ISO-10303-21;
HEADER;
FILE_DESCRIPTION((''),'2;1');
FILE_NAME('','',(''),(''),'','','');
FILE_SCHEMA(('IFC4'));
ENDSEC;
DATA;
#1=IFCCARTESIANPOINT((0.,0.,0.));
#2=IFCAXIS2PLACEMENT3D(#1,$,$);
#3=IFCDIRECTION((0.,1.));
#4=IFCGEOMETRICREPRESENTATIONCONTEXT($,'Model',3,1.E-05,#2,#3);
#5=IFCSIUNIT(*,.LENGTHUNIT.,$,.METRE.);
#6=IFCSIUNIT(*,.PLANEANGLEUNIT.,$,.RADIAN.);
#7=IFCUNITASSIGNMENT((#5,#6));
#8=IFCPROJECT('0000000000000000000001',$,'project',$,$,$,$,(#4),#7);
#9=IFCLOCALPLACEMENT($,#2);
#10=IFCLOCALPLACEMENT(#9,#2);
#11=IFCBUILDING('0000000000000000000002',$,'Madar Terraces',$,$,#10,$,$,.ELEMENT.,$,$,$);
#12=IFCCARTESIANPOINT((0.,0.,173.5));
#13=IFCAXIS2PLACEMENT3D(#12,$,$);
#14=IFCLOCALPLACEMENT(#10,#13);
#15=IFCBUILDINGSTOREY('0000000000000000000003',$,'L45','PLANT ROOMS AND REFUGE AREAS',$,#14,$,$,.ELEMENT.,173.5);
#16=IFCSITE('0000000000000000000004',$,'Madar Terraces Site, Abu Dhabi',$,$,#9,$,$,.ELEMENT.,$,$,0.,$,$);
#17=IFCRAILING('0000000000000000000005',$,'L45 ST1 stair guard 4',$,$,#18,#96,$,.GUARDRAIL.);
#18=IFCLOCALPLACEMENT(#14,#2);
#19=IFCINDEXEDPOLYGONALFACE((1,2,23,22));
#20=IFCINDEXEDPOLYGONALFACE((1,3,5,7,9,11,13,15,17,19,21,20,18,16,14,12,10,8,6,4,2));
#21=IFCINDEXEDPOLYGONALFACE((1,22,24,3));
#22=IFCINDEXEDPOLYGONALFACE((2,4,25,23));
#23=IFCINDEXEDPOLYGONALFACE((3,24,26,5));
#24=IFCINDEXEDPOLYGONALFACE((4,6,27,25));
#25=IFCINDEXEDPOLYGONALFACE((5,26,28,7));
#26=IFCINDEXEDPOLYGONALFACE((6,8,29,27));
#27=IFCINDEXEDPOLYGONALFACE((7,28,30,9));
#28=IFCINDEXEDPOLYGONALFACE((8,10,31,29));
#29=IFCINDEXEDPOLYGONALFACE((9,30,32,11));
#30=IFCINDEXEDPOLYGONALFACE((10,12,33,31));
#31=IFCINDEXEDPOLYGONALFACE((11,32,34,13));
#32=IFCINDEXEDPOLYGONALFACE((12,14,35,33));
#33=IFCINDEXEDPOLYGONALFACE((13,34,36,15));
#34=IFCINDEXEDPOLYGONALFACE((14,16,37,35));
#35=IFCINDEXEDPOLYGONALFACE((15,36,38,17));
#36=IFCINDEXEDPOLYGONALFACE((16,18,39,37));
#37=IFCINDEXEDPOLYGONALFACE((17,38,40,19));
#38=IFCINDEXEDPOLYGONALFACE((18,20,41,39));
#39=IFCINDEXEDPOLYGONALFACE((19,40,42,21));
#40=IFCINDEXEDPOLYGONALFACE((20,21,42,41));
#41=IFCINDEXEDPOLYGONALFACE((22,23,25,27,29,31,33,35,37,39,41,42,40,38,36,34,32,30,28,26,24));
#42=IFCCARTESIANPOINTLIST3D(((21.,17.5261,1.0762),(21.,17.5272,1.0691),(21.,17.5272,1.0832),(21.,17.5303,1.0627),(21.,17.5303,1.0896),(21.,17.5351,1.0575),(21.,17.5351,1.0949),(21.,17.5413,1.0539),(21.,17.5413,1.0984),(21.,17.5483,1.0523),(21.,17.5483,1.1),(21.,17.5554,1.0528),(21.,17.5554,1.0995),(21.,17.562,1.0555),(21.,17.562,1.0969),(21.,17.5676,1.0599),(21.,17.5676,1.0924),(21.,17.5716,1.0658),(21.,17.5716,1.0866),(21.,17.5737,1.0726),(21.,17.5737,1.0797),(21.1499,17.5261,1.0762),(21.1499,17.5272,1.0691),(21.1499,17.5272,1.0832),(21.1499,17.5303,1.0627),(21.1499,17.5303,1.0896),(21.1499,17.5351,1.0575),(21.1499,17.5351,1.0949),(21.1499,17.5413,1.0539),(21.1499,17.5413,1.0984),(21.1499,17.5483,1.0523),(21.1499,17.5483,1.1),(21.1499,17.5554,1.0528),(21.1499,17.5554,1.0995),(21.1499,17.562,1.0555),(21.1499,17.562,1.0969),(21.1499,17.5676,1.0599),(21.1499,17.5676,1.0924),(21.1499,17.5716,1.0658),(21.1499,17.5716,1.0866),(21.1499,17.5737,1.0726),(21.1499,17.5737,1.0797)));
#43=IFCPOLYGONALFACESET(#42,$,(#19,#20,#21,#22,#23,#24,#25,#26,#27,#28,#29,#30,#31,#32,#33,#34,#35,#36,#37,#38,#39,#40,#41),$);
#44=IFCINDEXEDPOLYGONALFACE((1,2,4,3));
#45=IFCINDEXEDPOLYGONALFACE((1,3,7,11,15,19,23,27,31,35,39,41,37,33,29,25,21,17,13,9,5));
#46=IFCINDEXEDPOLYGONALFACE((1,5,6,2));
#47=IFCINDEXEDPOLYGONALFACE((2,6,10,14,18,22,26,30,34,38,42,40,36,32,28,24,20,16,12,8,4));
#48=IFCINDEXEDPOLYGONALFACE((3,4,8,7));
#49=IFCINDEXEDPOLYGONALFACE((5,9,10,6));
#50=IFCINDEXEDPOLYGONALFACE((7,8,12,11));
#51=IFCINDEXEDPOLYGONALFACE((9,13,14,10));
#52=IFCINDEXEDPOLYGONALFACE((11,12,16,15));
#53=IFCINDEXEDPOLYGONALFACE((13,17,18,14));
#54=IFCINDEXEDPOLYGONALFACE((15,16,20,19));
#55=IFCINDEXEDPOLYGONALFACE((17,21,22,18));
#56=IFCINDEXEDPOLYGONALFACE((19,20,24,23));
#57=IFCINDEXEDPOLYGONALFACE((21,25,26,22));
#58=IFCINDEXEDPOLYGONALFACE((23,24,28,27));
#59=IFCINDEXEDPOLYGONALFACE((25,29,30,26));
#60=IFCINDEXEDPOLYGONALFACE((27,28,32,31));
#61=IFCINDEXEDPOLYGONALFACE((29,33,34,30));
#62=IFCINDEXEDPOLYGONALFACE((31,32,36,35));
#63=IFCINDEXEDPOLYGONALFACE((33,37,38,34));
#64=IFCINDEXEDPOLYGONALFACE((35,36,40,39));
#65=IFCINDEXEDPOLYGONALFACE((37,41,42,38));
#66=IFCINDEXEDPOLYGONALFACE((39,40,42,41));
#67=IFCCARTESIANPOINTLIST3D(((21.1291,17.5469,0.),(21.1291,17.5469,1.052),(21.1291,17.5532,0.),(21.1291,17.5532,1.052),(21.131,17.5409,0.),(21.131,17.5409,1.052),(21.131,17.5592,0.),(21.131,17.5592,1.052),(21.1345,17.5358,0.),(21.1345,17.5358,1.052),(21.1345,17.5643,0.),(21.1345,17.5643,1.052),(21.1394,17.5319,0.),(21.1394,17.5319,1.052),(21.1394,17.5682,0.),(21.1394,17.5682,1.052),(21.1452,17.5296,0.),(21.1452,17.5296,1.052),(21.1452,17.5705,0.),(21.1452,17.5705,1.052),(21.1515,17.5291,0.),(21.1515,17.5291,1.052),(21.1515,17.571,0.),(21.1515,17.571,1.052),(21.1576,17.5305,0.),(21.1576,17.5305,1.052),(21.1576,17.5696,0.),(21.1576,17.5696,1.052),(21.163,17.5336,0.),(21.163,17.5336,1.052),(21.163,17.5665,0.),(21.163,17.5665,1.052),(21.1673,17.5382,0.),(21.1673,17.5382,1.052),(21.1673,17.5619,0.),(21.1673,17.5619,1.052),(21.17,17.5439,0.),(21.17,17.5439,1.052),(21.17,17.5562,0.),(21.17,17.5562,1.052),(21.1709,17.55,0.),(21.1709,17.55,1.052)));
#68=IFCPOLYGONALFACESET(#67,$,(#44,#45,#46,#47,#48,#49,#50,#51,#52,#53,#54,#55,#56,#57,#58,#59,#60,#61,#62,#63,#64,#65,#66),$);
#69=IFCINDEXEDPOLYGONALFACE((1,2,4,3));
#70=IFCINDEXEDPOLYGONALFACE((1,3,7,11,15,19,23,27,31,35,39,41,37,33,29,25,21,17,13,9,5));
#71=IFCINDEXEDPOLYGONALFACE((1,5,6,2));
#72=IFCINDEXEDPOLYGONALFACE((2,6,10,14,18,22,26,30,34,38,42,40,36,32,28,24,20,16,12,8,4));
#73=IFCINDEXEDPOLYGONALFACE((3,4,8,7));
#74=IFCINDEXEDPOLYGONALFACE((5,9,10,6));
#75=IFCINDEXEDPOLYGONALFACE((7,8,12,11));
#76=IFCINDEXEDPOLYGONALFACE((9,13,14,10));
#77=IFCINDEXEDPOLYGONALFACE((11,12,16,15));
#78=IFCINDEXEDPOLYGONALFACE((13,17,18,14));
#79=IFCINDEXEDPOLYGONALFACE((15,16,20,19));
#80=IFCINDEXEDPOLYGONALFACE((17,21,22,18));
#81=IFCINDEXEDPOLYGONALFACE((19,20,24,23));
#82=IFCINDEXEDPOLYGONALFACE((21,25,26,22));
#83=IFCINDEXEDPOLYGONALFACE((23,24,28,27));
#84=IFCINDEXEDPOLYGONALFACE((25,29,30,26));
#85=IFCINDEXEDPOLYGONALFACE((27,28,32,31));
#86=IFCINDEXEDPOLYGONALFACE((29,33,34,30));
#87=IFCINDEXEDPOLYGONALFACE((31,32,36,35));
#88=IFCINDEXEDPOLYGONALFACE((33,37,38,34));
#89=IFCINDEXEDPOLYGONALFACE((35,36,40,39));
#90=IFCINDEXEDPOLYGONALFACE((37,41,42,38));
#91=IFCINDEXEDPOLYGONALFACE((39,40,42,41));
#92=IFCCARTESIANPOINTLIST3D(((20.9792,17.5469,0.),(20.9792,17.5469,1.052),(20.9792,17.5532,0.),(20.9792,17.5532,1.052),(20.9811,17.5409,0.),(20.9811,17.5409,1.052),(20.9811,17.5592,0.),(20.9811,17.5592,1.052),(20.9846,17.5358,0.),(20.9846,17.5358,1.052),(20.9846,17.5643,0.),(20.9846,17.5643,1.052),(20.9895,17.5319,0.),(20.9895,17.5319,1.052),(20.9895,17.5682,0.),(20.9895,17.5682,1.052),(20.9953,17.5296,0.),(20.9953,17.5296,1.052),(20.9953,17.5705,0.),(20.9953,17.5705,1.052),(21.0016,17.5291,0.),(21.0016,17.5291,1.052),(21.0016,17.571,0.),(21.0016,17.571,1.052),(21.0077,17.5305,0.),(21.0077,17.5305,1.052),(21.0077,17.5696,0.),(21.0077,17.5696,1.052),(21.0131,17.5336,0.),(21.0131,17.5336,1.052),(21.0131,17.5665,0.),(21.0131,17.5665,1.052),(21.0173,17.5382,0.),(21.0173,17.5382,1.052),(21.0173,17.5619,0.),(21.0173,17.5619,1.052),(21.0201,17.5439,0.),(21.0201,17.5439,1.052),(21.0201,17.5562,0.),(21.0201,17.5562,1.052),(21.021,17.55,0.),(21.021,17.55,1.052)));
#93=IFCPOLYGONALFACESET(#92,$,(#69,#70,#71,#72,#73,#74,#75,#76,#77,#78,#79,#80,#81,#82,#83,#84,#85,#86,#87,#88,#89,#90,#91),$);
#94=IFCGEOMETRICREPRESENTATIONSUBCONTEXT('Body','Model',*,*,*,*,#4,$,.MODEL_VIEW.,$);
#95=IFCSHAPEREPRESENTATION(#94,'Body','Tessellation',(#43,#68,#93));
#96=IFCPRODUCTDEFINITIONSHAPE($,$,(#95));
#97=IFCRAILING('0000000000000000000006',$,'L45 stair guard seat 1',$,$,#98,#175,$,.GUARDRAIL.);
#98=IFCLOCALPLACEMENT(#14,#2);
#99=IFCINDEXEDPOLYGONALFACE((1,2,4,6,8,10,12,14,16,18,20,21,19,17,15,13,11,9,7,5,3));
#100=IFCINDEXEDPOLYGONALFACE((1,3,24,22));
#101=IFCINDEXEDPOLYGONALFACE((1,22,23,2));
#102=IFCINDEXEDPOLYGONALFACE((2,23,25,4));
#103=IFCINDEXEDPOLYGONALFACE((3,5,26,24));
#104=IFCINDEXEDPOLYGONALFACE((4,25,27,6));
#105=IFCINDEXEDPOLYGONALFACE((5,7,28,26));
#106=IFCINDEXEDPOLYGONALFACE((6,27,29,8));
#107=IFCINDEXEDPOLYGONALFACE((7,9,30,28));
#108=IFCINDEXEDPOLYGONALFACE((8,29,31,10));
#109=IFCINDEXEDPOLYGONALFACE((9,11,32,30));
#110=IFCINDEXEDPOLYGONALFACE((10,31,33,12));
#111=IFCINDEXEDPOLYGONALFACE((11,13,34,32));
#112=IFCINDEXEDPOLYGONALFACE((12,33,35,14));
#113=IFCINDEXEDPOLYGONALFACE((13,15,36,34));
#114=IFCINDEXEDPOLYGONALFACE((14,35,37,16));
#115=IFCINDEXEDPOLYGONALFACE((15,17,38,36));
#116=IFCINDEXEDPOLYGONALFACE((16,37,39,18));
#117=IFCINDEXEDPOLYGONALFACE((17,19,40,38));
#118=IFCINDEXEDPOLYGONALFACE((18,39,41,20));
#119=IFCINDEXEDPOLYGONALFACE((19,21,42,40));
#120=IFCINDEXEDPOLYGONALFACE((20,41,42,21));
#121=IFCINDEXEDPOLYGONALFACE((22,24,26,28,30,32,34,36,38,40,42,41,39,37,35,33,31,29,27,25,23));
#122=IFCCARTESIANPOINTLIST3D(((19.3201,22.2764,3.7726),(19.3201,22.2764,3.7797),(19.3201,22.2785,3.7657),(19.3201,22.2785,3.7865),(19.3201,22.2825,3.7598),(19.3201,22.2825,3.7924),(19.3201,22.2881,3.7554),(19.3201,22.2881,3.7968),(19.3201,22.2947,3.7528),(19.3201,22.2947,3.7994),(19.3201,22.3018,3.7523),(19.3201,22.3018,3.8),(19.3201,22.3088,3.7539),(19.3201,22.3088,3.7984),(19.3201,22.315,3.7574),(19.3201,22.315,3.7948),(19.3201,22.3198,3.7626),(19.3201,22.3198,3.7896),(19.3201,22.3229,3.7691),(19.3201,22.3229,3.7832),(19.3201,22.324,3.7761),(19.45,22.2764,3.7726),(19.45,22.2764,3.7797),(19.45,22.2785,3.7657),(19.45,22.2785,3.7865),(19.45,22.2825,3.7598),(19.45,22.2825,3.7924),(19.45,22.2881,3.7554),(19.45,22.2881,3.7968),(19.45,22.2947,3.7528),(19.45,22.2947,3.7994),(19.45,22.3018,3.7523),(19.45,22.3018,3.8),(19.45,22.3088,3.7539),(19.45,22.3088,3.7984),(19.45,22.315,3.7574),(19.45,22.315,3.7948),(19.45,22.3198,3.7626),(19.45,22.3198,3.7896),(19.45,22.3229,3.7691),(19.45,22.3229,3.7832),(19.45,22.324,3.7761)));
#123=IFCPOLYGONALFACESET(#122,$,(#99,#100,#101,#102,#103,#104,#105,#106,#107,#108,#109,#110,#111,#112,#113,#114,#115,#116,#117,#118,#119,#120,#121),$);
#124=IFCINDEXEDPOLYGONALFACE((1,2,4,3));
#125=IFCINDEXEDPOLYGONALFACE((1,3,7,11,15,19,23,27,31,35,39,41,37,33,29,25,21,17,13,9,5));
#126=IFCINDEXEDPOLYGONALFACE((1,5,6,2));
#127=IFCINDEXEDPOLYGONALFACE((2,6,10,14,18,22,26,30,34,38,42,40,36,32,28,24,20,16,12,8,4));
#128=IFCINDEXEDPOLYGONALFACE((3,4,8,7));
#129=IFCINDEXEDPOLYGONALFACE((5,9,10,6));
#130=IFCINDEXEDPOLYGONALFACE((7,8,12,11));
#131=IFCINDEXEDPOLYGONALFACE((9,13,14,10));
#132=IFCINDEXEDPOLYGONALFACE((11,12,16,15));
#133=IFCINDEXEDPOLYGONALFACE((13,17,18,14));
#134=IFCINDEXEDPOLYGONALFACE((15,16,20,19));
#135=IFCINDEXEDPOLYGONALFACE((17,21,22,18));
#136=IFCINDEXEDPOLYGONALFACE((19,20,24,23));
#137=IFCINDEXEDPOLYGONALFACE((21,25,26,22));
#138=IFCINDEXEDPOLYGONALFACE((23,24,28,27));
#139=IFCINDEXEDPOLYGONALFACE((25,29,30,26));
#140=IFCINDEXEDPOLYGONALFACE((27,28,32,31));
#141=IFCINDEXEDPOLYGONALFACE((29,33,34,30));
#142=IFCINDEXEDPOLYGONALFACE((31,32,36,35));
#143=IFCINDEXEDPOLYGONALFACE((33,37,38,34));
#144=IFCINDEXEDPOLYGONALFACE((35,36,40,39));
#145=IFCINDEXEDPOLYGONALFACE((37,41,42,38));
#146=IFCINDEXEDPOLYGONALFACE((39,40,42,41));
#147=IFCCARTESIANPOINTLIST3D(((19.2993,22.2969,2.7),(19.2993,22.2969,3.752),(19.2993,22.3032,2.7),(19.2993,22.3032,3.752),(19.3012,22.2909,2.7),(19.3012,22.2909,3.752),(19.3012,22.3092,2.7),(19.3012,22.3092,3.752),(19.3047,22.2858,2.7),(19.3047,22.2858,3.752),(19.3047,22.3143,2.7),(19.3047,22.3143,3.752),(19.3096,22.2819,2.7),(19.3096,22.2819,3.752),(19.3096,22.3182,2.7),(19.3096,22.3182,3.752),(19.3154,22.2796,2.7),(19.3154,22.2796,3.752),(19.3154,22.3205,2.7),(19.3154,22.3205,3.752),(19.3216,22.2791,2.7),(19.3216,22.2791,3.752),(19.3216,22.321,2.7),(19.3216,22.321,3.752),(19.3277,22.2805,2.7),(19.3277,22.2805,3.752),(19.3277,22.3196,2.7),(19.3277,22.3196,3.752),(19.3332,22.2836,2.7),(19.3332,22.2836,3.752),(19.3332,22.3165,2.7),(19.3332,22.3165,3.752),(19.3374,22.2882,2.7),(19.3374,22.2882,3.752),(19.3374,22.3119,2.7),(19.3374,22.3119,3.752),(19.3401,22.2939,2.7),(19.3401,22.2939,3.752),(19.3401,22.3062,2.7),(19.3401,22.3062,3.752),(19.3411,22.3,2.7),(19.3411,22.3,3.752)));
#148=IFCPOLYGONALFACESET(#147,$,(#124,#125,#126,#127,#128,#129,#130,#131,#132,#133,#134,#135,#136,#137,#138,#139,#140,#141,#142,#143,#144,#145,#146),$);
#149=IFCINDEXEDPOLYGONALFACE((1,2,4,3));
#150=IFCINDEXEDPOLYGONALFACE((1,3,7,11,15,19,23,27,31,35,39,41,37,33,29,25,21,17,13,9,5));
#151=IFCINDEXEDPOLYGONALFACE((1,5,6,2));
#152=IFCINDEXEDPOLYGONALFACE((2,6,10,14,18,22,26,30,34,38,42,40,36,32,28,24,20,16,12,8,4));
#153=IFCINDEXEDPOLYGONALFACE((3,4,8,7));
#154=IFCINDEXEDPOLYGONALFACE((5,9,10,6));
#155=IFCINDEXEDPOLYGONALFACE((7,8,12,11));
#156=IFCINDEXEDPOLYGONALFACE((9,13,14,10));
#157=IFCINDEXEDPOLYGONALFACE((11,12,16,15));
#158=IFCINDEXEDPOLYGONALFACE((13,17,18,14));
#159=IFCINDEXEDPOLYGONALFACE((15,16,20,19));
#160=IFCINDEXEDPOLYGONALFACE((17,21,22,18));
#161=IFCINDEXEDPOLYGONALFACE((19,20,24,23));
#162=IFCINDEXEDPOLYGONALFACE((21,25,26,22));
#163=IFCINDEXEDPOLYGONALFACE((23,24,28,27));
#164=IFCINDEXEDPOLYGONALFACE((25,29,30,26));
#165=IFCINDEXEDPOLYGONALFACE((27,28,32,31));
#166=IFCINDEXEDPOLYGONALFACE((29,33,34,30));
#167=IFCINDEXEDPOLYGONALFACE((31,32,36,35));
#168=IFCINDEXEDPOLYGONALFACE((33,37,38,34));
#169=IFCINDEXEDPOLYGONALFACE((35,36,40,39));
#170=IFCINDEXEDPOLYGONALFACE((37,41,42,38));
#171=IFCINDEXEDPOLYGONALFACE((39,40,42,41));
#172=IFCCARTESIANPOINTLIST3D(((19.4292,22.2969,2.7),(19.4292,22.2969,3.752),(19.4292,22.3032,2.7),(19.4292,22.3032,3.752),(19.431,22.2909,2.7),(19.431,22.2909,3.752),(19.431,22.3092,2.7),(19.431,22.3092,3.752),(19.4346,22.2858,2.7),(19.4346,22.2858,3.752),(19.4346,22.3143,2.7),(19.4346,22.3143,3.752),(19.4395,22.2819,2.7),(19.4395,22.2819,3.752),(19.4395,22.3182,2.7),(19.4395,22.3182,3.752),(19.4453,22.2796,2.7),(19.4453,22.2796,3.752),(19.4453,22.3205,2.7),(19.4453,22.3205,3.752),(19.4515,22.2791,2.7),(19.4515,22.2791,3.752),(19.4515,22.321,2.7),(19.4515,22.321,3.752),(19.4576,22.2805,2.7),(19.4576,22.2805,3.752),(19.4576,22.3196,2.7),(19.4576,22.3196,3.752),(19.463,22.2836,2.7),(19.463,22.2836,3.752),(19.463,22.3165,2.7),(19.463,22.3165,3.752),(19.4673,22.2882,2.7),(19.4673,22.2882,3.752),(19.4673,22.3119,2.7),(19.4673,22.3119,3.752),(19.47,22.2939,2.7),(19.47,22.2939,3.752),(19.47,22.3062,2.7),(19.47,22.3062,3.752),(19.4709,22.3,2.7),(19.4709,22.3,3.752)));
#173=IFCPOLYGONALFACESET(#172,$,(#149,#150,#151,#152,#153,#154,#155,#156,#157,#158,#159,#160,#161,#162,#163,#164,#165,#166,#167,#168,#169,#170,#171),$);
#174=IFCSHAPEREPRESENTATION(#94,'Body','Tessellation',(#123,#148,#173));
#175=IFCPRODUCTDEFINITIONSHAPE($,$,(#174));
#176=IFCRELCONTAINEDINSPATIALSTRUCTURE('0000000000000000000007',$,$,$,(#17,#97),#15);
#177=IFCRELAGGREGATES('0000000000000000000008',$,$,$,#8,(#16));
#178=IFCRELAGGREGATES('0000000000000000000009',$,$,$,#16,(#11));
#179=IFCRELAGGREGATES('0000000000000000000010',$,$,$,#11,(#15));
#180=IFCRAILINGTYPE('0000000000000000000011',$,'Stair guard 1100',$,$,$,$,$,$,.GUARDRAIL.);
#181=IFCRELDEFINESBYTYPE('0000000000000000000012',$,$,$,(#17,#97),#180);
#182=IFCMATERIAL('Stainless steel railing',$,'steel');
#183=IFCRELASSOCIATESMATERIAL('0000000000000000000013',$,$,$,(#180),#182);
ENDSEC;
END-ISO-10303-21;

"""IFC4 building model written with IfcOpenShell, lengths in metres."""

from ifc_helpers import new_model, si_unit, direction, frame, origin, origin_2d, place, context, subcontext, project, spatial, circle, extrude, material, type_object, element, save


model = new_model("IFC4")

# Units and contexts
model_context = context("Model", 3, precision=1e-05, world=origin(), true_north=direction((0.0, 1.0)))
body_context = subcontext(model_context, "Body", "Model", "MODEL_VIEW")
ifc_project = project(units=[si_unit("LENGTHUNIT", "METRE"), si_unit("PLANEANGLEUNIT", "RADIAN")], contexts=[model_context])

# Site, building, storey
site_placement = place(None, origin())
site = spatial("IfcSite", under=ifc_project, at=site_placement, Name="Madar Terraces Site, Abu Dhabi", CompositionType="ELEMENT", RefElevation=0.0)
building_placement = place(site_placement, origin())
building = spatial("IfcBuilding", under=site, at=building_placement, Name="Madar Terraces", CompositionType="ELEMENT")
storey_placement = place(building_placement, frame((0.0, 0.0, 173.5)))
storey = spatial("IfcBuildingStorey", under=building, at=storey_placement, Name="L45", Description="PLANT ROOMS AND REFUGE AREAS", CompositionType="ELEMENT", Elevation=173.5)

# Railings
ifc_material_1 = material(Name="Stainless steel railing", Category="steel")
railing_type_1 = type_object("IfcRailingType", Name="Stair guard 1100", PredefinedType="GUARDRAIL", material=ifc_material_1)
railing_1_placement = place(storey_placement, frame((21.1499, 17.55, 0.0)))
element("IfcRailing", 1, at=railing_1_placement, inside=storey, type_object=railing_type_1, Name="L45 ST1 stair guard 4", PredefinedType="GUARDRAIL", context=body_context, shape_type="SweptSolid", body=[
    extrude(circle(Radius=0.0239, at=origin_2d()), frame((0.0, 0.0, 1.0762), z_axis=(-1.0, 0.0, 0.0), x_axis=(0.0, -1.0, 0.0)), (0.0, 0.0, 1.0), 0.1499),
    extrude(circle(Radius=0.021, at=origin_2d()), origin(), (0.0, 0.0, 1.0), 1.052),
    extrude(circle(Radius=0.021, at=origin_2d()), frame((-0.1499, 0.0, 0.0)), (0.0, 0.0, 1.0), 1.052),
])
for number, where, name in (
    (2, (19.3201, 22.3, 2.7), "L45 stair guard seat 1"),
):
    element("IfcRailing", number, at=place(storey_placement, frame(where)), inside=storey, type_object=railing_type_1, Name=name, PredefinedType="GUARDRAIL", context=body_context, shape_type="SweptSolid", body=[
        extrude(circle(Radius=0.0239, at=origin_2d()), frame((0.0, 0.0, 1.0762), z_axis=(1.0, 0.0, 0.0), x_axis=(0.0, 1.0, 0.0)), (0.0, 0.0, 1.0), 0.1299),
        extrude(circle(Radius=0.021, at=origin_2d()), origin(), (0.0, 0.0, 1.0), 1.052),
        extrude(circle(Radius=0.021, at=origin_2d()), frame((0.1299, 0.0, 0.0)), (0.0, 0.0, 1.0), 1.052),
    ])

save(model, "model.ifc")
